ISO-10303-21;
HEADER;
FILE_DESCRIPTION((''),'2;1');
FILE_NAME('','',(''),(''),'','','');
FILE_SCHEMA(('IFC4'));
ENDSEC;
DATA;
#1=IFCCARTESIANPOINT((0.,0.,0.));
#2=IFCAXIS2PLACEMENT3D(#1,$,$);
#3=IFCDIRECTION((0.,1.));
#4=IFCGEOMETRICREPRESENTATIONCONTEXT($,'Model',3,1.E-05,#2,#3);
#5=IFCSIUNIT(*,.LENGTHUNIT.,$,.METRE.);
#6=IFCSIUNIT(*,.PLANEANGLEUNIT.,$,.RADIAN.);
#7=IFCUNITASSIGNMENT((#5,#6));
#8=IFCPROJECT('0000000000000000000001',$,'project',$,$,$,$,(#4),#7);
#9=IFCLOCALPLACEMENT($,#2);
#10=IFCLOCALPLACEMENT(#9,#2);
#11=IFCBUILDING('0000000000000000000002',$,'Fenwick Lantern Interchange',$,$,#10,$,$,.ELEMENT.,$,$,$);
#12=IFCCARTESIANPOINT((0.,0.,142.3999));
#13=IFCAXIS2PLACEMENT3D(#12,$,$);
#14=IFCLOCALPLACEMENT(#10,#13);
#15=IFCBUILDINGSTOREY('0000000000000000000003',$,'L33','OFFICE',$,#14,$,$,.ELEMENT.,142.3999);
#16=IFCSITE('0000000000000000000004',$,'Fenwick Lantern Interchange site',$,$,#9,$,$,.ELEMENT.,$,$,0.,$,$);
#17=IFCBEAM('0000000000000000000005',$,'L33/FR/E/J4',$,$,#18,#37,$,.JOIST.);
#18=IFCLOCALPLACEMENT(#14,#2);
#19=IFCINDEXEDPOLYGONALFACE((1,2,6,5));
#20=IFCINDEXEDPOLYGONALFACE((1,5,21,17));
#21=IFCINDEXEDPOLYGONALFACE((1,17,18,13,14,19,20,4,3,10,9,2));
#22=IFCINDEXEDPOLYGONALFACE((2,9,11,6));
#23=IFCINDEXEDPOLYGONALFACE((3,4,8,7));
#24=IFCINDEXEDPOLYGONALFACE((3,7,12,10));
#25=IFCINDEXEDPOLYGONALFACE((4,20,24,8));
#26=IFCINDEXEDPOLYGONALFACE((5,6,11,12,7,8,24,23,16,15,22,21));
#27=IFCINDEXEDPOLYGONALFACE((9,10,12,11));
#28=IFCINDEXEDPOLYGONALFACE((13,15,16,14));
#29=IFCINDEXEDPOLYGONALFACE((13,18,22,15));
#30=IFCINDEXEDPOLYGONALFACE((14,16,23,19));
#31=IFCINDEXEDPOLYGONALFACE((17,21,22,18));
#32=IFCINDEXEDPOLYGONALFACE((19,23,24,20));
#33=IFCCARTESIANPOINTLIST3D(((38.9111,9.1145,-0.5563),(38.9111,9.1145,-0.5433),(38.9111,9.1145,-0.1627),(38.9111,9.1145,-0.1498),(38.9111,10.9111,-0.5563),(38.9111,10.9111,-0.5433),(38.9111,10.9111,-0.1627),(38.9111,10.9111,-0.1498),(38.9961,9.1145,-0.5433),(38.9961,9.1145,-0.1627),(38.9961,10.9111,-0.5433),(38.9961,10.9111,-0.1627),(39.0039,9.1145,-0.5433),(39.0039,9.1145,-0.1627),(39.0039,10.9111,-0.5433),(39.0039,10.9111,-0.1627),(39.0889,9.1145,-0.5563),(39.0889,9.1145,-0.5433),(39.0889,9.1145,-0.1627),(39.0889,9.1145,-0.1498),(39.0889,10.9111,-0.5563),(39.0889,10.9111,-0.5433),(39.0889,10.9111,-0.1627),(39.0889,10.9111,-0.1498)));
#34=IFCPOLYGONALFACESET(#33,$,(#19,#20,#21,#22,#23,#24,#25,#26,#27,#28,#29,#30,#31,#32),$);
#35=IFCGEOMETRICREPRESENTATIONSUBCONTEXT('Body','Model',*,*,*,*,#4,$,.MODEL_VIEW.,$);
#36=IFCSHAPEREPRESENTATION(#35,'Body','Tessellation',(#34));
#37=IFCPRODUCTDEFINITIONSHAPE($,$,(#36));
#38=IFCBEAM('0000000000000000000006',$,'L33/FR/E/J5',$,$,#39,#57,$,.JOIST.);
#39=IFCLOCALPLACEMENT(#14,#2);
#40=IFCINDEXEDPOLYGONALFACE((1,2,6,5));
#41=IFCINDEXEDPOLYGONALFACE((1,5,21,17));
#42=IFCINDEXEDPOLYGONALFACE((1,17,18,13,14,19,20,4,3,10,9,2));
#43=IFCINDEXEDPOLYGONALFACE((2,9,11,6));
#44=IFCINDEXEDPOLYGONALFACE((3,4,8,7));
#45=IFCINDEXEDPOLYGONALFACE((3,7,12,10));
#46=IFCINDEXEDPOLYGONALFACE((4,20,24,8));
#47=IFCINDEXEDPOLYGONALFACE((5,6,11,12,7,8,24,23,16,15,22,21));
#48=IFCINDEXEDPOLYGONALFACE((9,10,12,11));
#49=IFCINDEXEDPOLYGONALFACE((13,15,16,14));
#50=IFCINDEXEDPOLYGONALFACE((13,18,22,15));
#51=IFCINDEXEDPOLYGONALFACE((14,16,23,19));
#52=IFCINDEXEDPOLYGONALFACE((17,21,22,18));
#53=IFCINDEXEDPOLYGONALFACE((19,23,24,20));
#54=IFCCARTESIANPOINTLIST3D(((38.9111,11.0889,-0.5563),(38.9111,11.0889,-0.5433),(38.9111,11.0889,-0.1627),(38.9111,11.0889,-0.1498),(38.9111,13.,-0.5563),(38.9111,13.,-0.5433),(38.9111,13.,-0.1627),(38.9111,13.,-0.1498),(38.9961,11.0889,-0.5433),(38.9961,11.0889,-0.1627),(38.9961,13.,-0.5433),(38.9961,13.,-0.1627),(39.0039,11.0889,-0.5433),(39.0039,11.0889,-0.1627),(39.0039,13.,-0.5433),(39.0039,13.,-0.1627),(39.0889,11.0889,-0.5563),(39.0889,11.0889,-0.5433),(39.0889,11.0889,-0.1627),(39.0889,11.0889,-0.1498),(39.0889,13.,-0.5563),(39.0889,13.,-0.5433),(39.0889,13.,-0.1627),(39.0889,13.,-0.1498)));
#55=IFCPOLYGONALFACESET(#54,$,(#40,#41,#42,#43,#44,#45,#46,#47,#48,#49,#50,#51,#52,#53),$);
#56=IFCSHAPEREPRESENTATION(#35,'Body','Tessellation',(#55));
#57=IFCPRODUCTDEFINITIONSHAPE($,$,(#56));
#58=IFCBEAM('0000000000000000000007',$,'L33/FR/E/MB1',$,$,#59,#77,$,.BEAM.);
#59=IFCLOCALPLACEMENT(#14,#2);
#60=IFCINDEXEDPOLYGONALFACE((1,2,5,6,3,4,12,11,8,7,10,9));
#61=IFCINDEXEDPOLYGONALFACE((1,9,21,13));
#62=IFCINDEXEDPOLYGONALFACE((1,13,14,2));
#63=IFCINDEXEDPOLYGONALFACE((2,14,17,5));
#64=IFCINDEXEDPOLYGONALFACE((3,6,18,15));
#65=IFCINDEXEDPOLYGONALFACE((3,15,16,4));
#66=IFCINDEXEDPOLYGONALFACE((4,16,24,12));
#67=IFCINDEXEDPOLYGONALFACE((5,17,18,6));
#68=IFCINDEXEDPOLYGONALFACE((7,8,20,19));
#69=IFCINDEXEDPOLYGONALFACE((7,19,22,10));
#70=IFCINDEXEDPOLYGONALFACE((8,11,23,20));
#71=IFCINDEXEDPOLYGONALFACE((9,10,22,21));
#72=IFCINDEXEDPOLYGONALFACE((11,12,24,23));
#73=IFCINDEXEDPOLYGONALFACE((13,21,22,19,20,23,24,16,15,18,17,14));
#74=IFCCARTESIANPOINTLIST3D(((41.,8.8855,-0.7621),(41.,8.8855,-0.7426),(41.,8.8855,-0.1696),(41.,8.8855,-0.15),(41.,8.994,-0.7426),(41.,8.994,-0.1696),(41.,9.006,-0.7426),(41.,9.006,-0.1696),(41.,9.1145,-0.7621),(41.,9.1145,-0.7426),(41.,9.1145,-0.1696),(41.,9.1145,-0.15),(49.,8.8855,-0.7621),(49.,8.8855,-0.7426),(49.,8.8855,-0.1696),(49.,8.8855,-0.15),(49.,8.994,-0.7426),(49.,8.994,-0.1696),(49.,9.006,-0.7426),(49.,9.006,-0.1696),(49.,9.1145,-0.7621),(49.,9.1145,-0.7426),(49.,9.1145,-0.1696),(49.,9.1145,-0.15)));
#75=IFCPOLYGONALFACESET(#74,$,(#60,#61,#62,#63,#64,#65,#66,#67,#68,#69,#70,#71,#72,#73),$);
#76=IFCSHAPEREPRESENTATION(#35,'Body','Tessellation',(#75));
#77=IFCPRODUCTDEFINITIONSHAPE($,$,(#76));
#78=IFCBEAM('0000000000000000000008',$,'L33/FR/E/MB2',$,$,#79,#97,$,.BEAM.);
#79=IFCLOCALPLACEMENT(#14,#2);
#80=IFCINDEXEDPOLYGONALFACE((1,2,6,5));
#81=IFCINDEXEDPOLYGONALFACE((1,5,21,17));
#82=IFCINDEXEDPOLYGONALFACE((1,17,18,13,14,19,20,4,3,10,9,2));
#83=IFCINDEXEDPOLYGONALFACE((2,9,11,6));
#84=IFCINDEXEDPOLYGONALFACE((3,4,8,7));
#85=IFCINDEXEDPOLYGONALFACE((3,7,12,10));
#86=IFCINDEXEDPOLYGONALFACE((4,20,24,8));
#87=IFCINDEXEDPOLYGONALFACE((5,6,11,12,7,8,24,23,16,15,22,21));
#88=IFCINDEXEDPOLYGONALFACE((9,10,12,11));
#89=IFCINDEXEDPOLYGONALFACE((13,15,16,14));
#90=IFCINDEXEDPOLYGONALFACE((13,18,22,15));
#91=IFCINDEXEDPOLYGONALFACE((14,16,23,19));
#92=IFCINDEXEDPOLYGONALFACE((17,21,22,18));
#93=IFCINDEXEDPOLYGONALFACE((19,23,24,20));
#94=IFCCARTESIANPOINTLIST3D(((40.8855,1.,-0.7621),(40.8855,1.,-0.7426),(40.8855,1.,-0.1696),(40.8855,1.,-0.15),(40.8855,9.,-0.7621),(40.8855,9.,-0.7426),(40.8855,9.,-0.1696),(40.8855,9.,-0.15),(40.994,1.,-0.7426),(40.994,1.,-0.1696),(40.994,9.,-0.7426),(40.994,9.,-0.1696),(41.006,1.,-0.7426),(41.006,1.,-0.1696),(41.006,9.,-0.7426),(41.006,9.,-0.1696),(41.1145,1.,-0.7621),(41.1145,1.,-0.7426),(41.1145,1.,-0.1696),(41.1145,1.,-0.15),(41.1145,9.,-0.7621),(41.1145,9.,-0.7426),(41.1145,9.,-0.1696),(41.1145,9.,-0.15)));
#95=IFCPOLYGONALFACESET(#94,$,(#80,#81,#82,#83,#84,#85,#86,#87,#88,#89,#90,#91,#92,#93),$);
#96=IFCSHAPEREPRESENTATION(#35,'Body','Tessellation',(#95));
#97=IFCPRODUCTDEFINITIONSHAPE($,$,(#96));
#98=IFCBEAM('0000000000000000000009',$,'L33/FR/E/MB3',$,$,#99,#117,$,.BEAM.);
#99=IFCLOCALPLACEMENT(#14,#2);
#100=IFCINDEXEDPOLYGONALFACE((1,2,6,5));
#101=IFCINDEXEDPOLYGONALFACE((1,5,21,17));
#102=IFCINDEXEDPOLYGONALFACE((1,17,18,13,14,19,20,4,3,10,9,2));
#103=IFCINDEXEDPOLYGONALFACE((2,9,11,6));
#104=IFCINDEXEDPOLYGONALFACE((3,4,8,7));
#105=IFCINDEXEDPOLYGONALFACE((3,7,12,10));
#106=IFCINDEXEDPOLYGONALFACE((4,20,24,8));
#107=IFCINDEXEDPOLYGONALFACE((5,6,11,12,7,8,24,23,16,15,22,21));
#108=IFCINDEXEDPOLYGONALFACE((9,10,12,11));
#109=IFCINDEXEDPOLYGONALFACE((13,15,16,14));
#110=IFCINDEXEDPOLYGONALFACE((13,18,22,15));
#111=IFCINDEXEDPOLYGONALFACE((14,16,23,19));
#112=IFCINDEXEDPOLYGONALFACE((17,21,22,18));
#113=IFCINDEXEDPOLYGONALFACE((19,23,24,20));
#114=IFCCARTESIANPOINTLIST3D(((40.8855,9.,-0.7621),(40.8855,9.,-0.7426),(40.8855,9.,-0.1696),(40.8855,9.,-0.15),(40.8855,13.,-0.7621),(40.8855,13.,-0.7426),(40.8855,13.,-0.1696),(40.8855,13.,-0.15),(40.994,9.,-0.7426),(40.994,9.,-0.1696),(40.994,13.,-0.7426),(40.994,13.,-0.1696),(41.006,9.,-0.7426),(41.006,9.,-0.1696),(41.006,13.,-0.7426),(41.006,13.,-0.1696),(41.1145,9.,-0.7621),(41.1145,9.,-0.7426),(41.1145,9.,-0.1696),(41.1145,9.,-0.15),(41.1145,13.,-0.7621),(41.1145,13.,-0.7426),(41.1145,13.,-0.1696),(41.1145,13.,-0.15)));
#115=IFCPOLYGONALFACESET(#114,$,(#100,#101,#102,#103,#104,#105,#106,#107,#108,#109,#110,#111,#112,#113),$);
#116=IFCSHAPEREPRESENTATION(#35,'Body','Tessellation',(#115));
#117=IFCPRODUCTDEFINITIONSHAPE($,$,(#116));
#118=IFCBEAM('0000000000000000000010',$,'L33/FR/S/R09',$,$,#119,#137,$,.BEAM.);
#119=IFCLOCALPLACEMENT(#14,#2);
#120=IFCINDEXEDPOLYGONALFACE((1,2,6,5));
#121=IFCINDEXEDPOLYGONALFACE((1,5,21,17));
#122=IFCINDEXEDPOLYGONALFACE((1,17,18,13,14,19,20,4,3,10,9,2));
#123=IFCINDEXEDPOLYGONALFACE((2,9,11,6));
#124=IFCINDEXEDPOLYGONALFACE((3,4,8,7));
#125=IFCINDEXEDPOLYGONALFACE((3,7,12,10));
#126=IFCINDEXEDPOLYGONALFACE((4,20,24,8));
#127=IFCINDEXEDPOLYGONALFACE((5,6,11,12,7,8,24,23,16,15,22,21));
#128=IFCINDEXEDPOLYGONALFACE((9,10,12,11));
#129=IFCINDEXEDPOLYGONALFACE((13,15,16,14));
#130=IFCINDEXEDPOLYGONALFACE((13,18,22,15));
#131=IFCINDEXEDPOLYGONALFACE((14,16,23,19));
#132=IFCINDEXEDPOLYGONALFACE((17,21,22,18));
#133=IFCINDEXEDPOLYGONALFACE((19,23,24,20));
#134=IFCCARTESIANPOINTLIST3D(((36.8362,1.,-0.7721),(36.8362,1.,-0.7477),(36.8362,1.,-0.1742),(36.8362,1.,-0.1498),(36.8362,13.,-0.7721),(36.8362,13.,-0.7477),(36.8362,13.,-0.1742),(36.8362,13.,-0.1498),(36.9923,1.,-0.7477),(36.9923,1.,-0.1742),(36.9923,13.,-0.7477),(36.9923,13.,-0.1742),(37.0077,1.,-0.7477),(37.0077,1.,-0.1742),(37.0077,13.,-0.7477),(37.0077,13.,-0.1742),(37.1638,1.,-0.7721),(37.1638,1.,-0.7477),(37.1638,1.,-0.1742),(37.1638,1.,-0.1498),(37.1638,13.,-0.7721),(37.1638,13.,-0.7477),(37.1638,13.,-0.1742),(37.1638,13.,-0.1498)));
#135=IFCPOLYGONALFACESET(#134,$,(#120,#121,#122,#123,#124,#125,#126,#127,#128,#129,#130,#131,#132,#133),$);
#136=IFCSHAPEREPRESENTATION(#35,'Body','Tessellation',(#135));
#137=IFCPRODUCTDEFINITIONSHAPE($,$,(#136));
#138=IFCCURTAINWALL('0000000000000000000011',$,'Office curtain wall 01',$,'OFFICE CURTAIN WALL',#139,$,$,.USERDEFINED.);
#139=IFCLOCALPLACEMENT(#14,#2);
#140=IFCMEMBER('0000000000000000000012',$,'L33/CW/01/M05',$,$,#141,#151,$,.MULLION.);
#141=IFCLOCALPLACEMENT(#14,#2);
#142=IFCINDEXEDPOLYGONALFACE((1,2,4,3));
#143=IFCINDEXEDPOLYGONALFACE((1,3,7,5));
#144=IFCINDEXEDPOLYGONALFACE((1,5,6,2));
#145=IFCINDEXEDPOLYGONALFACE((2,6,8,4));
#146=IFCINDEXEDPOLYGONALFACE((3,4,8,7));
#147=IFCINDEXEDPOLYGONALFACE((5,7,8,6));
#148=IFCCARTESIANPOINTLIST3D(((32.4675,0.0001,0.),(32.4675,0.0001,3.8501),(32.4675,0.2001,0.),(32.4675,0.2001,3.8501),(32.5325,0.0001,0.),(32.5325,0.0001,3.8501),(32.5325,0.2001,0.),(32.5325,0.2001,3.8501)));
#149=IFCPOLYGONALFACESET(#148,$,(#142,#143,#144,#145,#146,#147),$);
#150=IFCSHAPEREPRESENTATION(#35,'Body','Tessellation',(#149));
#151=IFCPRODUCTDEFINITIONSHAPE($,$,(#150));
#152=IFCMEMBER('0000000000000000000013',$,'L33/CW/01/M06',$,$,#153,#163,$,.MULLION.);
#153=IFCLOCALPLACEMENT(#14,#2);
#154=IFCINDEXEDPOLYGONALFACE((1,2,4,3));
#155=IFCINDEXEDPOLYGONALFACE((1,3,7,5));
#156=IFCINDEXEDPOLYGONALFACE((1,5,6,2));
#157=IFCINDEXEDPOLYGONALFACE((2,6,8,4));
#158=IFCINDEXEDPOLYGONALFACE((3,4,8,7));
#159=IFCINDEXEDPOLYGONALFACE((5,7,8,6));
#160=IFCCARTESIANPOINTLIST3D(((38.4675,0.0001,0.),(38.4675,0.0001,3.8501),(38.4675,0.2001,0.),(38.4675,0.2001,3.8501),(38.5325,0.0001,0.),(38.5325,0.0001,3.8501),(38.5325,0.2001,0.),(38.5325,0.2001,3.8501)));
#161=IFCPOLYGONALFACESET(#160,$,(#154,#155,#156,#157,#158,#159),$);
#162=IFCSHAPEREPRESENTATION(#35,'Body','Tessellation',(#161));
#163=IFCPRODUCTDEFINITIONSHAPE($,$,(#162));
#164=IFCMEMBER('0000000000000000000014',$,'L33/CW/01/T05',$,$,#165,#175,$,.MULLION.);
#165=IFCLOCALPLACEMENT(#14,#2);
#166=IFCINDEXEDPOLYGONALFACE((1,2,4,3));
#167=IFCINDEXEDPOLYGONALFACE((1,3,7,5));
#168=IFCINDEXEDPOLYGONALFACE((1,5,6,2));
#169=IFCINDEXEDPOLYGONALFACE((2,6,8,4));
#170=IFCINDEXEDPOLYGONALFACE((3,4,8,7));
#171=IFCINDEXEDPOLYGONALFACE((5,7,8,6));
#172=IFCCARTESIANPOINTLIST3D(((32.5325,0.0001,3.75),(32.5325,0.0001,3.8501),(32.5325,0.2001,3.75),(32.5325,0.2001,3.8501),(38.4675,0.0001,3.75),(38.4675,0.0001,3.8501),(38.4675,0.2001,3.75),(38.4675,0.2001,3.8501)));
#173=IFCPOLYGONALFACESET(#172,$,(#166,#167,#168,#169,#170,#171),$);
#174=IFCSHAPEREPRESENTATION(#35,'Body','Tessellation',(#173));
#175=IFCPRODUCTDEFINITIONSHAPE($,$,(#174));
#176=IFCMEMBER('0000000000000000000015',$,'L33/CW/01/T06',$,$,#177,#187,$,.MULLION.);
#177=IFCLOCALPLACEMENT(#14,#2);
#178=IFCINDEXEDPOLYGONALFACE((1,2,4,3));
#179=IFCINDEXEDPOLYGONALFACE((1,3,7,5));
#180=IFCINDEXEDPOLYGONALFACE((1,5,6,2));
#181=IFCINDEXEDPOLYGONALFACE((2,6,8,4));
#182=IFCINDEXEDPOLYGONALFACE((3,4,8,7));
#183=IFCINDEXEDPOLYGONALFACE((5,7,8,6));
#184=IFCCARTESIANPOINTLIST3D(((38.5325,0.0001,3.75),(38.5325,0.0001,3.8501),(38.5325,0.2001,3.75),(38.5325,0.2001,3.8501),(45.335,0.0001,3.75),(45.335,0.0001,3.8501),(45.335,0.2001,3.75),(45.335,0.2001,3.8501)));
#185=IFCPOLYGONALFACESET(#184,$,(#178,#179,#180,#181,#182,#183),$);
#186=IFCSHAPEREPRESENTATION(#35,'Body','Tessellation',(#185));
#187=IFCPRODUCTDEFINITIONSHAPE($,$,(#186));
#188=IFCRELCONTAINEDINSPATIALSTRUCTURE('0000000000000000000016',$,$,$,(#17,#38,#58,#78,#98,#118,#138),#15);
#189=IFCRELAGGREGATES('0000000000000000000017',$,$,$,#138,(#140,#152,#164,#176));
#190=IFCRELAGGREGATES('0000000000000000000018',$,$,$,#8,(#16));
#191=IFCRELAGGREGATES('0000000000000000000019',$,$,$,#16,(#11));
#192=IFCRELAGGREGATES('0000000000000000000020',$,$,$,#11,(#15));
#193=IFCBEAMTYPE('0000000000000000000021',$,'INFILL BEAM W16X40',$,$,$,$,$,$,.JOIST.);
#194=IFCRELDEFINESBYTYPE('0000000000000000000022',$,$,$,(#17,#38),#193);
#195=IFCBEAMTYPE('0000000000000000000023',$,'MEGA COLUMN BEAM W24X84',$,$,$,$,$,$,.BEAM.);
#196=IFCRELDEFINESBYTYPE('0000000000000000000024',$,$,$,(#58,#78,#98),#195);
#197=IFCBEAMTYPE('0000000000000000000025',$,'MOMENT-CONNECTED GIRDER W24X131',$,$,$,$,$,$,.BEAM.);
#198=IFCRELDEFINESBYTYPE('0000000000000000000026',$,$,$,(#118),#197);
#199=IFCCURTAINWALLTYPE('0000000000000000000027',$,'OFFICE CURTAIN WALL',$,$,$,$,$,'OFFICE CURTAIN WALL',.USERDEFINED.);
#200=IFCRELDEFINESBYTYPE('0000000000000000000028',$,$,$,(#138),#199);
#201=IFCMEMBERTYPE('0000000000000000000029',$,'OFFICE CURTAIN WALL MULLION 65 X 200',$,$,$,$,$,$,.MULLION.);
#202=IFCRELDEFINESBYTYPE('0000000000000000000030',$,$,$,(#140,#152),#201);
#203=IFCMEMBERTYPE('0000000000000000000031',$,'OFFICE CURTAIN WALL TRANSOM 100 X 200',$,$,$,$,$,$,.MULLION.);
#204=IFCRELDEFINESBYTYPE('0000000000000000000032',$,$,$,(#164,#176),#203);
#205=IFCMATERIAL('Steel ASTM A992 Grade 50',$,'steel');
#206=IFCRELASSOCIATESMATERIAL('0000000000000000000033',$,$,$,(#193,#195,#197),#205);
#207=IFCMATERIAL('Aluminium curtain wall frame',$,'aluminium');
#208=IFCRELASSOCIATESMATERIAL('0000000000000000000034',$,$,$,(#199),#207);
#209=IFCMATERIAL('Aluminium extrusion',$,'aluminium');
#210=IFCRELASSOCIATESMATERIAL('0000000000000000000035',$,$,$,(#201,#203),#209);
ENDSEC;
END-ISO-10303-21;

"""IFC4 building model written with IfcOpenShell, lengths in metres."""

from ifc_helpers import new_model, si_unit, direction, frame, origin, origin_2d, place, context, subcontext, project, spatial, rectangle, i_section, extrude, material, material_profile, profile_set, type_object, element, aggregate, save


model = new_model("IFC4")

# Units and contexts
model_context = context("Model", 3, precision=1e-05, world=origin(), true_north=direction((0.0, 1.0)))
body_context = subcontext(model_context, "Body", "Model", "MODEL_VIEW")
ifc_project = project(units=[si_unit("LENGTHUNIT", "METRE"), si_unit("PLANEANGLEUNIT", "RADIAN")], contexts=[model_context])

# Site, building, storey
site_placement = place(None, origin())
site = spatial("IfcSite", under=ifc_project, at=site_placement, Name="Fenwick Lantern Interchange site", CompositionType="ELEMENT", RefElevation=0.0)
building_placement = place(site_placement, origin())
building = spatial("IfcBuilding", under=site, at=building_placement, Name="Fenwick Lantern Interchange", CompositionType="ELEMENT")
storey_placement = place(building_placement, frame((0.0, 0.0, 142.3999)))
storey = spatial("IfcBuildingStorey", under=building, at=storey_placement, Name="L33", Description="OFFICE", CompositionType="ELEMENT", Elevation=142.3999)

# Beams
ifc_material_1 = material(Name="Steel ASTM A992 Grade 50", Category="steel")
ifc_material_profile_1 = material_profile(ifc_material_1, i_section(OverallWidth=0.1777, OverallDepth=0.4065, WebThickness=0.0078, FlangeThickness=0.0129, at=origin_2d()), Name="W16X40")
ifc_profile_set_1 = profile_set([ifc_material_profile_1], Name="Steel ASTM A992 Grade 50")
beam_type_1 = type_object("IfcBeamType", Name="INFILL BEAM W16X40", PredefinedType="JOIST", material=ifc_profile_set_1)
beam_1_placement = place(storey_placement, frame((39.0, 9.1145, -0.353), z_axis=(0.0, 1.0, 0.0), x_axis=(-1.0, 0.0, 0.0)))
element("IfcBeam", 1, at=beam_1_placement, inside=storey, type_object=beam_type_1, Name="L33/FR/E/J4", PredefinedType="JOIST", context=body_context, shape_type="SweptSolid", body=[
    extrude(i_section(OverallWidth=0.1777, OverallDepth=0.4065, WebThickness=0.0078, FlangeThickness=0.0129, at=origin_2d()), origin(), (0.0, 0.0, 1.0), 1.7966),
])
beam_2_placement = place(storey_placement, frame((39.0, 11.0889, -0.353), z_axis=(0.0, 1.0, 0.0), x_axis=(-1.0, 0.0, 0.0)))
element("IfcBeam", 2, at=beam_2_placement, inside=storey, type_object=beam_type_1, Name="L33/FR/E/J5", PredefinedType="JOIST", context=body_context, shape_type="SweptSolid", body=[
    extrude(i_section(OverallWidth=0.1777, OverallDepth=0.4065, WebThickness=0.0078, FlangeThickness=0.0129, at=origin_2d()), origin(), (0.0, 0.0, 1.0), 1.9111),
])
ifc_material_profile_2 = material_profile(ifc_material_1, i_section(OverallWidth=0.229, OverallDepth=0.6121, WebThickness=0.012, FlangeThickness=0.0195, at=origin_2d()), Name="W24X84")
ifc_profile_set_2 = profile_set([ifc_material_profile_2], Name="Steel ASTM A992 Grade 50")
beam_type_2 = type_object("IfcBeamType", Name="MEGA COLUMN BEAM W24X84", PredefinedType="BEAM", material=ifc_profile_set_2)
for number, where, z_axis, x_axis, name in (
    (3, (41.0, 9.0, -0.4561), (1.0, 0.0, 0.0), (0.0, 1.0, 0.0), "L33/FR/E/MB1"),
    (4, (41.0, 9.0, -0.4561), (0.0, -1.0, 0.0), (1.0, 0.0, 0.0), "L33/FR/E/MB2"),
):
    element("IfcBeam", number, at=place(storey_placement, frame(where, z_axis=z_axis, x_axis=x_axis)), inside=storey, type_object=beam_type_2, Name=name, PredefinedType="BEAM", context=body_context, shape_type="SweptSolid", body=[
        extrude(i_section(OverallWidth=0.229, OverallDepth=0.6121, WebThickness=0.012, FlangeThickness=0.0195, at=origin_2d()), origin(), (0.0, 0.0, 1.0), 8.0),
    ])
beam_3_placement = place(storey_placement, frame((41.0, 9.0, -0.4561), z_axis=(0.0, 1.0, 0.0), x_axis=(-1.0, 0.0, 0.0)))
element("IfcBeam", 5, at=beam_3_placement, inside=storey, type_object=beam_type_2, Name="L33/FR/E/MB3", PredefinedType="BEAM", context=body_context, shape_type="SweptSolid", body=[
    extrude(i_section(OverallWidth=0.229, OverallDepth=0.6121, WebThickness=0.012, FlangeThickness=0.0195, at=origin_2d()), origin(), (0.0, 0.0, 1.0), 4.0),
])
ifc_material_profile_3 = material_profile(ifc_material_1, i_section(OverallWidth=0.3276, OverallDepth=0.6223, WebThickness=0.0154, FlangeThickness=0.0244, at=origin_2d()), Name="W24X131")
ifc_profile_set_3 = profile_set([ifc_material_profile_3], Name="Steel ASTM A992 Grade 50")
beam_type_3 = type_object("IfcBeamType", Name="MOMENT-CONNECTED GIRDER W24X131", PredefinedType="BEAM", material=ifc_profile_set_3)
beam_4_placement = place(storey_placement, frame((37.0, 1.0, -0.4609), z_axis=(0.0, 1.0, 0.0), x_axis=(-1.0, 0.0, 0.0)))
element("IfcBeam", 6, at=beam_4_placement, inside=storey, type_object=beam_type_3, Name="L33/FR/S/R09", PredefinedType="BEAM", context=body_context, shape_type="SweptSolid", body=[
    extrude(i_section(OverallWidth=0.3276, OverallDepth=0.6223, WebThickness=0.0154, FlangeThickness=0.0244, at=origin_2d()), origin(), (0.0, 0.0, 1.0), 12.0),
])

# Curtain wall, members
ifc_material_2 = material(Name="Aluminium curtain wall frame", Category="aluminium")
curtain_wall_type = type_object("IfcCurtainWallType", Name="OFFICE CURTAIN WALL", ElementType="OFFICE CURTAIN WALL", PredefinedType="USERDEFINED", material=ifc_material_2)
curtain_wall_placement = place(storey_placement, origin())
curtain_wall = element("IfcCurtainWall", 7, at=curtain_wall_placement, inside=storey, type_object=curtain_wall_type, Name="Office curtain wall 01", ObjectType="OFFICE CURTAIN WALL", PredefinedType="USERDEFINED")
ifc_material_3 = material(Name="Aluminium extrusion", Category="aluminium")
ifc_material_profile_4 = material_profile(ifc_material_3, rectangle(XDim=0.2, YDim=0.0649, at=origin_2d()), Name="OFFICE CURTAIN WALL MULLION 65 X 200")
ifc_profile_set_4 = profile_set([ifc_material_profile_4], Name="Aluminium extrusion")
member_type_1 = type_object("IfcMemberType", Name="OFFICE CURTAIN WALL MULLION 65 X 200", PredefinedType="MULLION", material=ifc_profile_set_4)
member_1_placement = place(storey_placement, frame((32.5, 0.1001, 0.0), z_axis=(0.0, 0.0, 1.0), x_axis=(0.0, 1.0, 0.0)))
member_1 = element("IfcMember", 8, at=member_1_placement, type_object=member_type_1, Name="L33/CW/01/M05", PredefinedType="MULLION", context=body_context, shape_type="SweptSolid", body=[
    extrude(rectangle(XDim=0.2, YDim=0.0649, at=origin_2d()), origin(), (0.0, 0.0, 1.0), 3.8501),
])
member_2_placement = place(storey_placement, frame((38.5, 0.1001, 0.0), z_axis=(0.0, 0.0, 1.0), x_axis=(0.0, 1.0, 0.0)))
member_2 = element("IfcMember", 9, at=member_2_placement, type_object=member_type_1, Name="L33/CW/01/M06", PredefinedType="MULLION", context=body_context, shape_type="SweptSolid", body=[
    extrude(rectangle(XDim=0.2, YDim=0.0649, at=origin_2d()), origin(), (0.0, 0.0, 1.0), 3.8501),
])
ifc_material_profile_5 = material_profile(ifc_material_3, rectangle(XDim=0.2, YDim=0.1001, at=origin_2d()), Name="OFFICE CURTAIN WALL TRANSOM 100 X 200")
ifc_profile_set_5 = profile_set([ifc_material_profile_5], Name="Aluminium extrusion")
member_type_2 = type_object("IfcMemberType", Name="OFFICE CURTAIN WALL TRANSOM 100 X 200", PredefinedType="MULLION", material=ifc_profile_set_5)
member_3_placement = place(storey_placement, frame((32.5325, 0.1001, 3.8), z_axis=(1.0, 0.0, 0.0), x_axis=(0.0, 1.0, 0.0)))
member_3 = element("IfcMember", 10, at=member_3_placement, type_object=member_type_2, Name="L33/CW/01/T05", PredefinedType="MULLION", context=body_context, shape_type="SweptSolid", body=[
    extrude(rectangle(XDim=0.2, YDim=0.1001, at=origin_2d()), origin(), (0.0, 0.0, 1.0), 5.9351),
])
member_4_placement = place(storey_placement, frame((38.5325, 0.1001, 3.8), z_axis=(1.0, 0.0, 0.0), x_axis=(0.0, 1.0, 0.0)))
member_4 = element("IfcMember", 11, at=member_4_placement, type_object=member_type_2, Name="L33/CW/01/T06", PredefinedType="MULLION", context=body_context, shape_type="SweptSolid", body=[
    extrude(rectangle(XDim=0.2, YDim=0.1001, at=origin_2d()), origin(), (0.0, 0.0, 1.0), 6.8025),
])
aggregate(curtain_wall, [member_1, member_2, member_3, member_4])

save(model, "model.ifc")
